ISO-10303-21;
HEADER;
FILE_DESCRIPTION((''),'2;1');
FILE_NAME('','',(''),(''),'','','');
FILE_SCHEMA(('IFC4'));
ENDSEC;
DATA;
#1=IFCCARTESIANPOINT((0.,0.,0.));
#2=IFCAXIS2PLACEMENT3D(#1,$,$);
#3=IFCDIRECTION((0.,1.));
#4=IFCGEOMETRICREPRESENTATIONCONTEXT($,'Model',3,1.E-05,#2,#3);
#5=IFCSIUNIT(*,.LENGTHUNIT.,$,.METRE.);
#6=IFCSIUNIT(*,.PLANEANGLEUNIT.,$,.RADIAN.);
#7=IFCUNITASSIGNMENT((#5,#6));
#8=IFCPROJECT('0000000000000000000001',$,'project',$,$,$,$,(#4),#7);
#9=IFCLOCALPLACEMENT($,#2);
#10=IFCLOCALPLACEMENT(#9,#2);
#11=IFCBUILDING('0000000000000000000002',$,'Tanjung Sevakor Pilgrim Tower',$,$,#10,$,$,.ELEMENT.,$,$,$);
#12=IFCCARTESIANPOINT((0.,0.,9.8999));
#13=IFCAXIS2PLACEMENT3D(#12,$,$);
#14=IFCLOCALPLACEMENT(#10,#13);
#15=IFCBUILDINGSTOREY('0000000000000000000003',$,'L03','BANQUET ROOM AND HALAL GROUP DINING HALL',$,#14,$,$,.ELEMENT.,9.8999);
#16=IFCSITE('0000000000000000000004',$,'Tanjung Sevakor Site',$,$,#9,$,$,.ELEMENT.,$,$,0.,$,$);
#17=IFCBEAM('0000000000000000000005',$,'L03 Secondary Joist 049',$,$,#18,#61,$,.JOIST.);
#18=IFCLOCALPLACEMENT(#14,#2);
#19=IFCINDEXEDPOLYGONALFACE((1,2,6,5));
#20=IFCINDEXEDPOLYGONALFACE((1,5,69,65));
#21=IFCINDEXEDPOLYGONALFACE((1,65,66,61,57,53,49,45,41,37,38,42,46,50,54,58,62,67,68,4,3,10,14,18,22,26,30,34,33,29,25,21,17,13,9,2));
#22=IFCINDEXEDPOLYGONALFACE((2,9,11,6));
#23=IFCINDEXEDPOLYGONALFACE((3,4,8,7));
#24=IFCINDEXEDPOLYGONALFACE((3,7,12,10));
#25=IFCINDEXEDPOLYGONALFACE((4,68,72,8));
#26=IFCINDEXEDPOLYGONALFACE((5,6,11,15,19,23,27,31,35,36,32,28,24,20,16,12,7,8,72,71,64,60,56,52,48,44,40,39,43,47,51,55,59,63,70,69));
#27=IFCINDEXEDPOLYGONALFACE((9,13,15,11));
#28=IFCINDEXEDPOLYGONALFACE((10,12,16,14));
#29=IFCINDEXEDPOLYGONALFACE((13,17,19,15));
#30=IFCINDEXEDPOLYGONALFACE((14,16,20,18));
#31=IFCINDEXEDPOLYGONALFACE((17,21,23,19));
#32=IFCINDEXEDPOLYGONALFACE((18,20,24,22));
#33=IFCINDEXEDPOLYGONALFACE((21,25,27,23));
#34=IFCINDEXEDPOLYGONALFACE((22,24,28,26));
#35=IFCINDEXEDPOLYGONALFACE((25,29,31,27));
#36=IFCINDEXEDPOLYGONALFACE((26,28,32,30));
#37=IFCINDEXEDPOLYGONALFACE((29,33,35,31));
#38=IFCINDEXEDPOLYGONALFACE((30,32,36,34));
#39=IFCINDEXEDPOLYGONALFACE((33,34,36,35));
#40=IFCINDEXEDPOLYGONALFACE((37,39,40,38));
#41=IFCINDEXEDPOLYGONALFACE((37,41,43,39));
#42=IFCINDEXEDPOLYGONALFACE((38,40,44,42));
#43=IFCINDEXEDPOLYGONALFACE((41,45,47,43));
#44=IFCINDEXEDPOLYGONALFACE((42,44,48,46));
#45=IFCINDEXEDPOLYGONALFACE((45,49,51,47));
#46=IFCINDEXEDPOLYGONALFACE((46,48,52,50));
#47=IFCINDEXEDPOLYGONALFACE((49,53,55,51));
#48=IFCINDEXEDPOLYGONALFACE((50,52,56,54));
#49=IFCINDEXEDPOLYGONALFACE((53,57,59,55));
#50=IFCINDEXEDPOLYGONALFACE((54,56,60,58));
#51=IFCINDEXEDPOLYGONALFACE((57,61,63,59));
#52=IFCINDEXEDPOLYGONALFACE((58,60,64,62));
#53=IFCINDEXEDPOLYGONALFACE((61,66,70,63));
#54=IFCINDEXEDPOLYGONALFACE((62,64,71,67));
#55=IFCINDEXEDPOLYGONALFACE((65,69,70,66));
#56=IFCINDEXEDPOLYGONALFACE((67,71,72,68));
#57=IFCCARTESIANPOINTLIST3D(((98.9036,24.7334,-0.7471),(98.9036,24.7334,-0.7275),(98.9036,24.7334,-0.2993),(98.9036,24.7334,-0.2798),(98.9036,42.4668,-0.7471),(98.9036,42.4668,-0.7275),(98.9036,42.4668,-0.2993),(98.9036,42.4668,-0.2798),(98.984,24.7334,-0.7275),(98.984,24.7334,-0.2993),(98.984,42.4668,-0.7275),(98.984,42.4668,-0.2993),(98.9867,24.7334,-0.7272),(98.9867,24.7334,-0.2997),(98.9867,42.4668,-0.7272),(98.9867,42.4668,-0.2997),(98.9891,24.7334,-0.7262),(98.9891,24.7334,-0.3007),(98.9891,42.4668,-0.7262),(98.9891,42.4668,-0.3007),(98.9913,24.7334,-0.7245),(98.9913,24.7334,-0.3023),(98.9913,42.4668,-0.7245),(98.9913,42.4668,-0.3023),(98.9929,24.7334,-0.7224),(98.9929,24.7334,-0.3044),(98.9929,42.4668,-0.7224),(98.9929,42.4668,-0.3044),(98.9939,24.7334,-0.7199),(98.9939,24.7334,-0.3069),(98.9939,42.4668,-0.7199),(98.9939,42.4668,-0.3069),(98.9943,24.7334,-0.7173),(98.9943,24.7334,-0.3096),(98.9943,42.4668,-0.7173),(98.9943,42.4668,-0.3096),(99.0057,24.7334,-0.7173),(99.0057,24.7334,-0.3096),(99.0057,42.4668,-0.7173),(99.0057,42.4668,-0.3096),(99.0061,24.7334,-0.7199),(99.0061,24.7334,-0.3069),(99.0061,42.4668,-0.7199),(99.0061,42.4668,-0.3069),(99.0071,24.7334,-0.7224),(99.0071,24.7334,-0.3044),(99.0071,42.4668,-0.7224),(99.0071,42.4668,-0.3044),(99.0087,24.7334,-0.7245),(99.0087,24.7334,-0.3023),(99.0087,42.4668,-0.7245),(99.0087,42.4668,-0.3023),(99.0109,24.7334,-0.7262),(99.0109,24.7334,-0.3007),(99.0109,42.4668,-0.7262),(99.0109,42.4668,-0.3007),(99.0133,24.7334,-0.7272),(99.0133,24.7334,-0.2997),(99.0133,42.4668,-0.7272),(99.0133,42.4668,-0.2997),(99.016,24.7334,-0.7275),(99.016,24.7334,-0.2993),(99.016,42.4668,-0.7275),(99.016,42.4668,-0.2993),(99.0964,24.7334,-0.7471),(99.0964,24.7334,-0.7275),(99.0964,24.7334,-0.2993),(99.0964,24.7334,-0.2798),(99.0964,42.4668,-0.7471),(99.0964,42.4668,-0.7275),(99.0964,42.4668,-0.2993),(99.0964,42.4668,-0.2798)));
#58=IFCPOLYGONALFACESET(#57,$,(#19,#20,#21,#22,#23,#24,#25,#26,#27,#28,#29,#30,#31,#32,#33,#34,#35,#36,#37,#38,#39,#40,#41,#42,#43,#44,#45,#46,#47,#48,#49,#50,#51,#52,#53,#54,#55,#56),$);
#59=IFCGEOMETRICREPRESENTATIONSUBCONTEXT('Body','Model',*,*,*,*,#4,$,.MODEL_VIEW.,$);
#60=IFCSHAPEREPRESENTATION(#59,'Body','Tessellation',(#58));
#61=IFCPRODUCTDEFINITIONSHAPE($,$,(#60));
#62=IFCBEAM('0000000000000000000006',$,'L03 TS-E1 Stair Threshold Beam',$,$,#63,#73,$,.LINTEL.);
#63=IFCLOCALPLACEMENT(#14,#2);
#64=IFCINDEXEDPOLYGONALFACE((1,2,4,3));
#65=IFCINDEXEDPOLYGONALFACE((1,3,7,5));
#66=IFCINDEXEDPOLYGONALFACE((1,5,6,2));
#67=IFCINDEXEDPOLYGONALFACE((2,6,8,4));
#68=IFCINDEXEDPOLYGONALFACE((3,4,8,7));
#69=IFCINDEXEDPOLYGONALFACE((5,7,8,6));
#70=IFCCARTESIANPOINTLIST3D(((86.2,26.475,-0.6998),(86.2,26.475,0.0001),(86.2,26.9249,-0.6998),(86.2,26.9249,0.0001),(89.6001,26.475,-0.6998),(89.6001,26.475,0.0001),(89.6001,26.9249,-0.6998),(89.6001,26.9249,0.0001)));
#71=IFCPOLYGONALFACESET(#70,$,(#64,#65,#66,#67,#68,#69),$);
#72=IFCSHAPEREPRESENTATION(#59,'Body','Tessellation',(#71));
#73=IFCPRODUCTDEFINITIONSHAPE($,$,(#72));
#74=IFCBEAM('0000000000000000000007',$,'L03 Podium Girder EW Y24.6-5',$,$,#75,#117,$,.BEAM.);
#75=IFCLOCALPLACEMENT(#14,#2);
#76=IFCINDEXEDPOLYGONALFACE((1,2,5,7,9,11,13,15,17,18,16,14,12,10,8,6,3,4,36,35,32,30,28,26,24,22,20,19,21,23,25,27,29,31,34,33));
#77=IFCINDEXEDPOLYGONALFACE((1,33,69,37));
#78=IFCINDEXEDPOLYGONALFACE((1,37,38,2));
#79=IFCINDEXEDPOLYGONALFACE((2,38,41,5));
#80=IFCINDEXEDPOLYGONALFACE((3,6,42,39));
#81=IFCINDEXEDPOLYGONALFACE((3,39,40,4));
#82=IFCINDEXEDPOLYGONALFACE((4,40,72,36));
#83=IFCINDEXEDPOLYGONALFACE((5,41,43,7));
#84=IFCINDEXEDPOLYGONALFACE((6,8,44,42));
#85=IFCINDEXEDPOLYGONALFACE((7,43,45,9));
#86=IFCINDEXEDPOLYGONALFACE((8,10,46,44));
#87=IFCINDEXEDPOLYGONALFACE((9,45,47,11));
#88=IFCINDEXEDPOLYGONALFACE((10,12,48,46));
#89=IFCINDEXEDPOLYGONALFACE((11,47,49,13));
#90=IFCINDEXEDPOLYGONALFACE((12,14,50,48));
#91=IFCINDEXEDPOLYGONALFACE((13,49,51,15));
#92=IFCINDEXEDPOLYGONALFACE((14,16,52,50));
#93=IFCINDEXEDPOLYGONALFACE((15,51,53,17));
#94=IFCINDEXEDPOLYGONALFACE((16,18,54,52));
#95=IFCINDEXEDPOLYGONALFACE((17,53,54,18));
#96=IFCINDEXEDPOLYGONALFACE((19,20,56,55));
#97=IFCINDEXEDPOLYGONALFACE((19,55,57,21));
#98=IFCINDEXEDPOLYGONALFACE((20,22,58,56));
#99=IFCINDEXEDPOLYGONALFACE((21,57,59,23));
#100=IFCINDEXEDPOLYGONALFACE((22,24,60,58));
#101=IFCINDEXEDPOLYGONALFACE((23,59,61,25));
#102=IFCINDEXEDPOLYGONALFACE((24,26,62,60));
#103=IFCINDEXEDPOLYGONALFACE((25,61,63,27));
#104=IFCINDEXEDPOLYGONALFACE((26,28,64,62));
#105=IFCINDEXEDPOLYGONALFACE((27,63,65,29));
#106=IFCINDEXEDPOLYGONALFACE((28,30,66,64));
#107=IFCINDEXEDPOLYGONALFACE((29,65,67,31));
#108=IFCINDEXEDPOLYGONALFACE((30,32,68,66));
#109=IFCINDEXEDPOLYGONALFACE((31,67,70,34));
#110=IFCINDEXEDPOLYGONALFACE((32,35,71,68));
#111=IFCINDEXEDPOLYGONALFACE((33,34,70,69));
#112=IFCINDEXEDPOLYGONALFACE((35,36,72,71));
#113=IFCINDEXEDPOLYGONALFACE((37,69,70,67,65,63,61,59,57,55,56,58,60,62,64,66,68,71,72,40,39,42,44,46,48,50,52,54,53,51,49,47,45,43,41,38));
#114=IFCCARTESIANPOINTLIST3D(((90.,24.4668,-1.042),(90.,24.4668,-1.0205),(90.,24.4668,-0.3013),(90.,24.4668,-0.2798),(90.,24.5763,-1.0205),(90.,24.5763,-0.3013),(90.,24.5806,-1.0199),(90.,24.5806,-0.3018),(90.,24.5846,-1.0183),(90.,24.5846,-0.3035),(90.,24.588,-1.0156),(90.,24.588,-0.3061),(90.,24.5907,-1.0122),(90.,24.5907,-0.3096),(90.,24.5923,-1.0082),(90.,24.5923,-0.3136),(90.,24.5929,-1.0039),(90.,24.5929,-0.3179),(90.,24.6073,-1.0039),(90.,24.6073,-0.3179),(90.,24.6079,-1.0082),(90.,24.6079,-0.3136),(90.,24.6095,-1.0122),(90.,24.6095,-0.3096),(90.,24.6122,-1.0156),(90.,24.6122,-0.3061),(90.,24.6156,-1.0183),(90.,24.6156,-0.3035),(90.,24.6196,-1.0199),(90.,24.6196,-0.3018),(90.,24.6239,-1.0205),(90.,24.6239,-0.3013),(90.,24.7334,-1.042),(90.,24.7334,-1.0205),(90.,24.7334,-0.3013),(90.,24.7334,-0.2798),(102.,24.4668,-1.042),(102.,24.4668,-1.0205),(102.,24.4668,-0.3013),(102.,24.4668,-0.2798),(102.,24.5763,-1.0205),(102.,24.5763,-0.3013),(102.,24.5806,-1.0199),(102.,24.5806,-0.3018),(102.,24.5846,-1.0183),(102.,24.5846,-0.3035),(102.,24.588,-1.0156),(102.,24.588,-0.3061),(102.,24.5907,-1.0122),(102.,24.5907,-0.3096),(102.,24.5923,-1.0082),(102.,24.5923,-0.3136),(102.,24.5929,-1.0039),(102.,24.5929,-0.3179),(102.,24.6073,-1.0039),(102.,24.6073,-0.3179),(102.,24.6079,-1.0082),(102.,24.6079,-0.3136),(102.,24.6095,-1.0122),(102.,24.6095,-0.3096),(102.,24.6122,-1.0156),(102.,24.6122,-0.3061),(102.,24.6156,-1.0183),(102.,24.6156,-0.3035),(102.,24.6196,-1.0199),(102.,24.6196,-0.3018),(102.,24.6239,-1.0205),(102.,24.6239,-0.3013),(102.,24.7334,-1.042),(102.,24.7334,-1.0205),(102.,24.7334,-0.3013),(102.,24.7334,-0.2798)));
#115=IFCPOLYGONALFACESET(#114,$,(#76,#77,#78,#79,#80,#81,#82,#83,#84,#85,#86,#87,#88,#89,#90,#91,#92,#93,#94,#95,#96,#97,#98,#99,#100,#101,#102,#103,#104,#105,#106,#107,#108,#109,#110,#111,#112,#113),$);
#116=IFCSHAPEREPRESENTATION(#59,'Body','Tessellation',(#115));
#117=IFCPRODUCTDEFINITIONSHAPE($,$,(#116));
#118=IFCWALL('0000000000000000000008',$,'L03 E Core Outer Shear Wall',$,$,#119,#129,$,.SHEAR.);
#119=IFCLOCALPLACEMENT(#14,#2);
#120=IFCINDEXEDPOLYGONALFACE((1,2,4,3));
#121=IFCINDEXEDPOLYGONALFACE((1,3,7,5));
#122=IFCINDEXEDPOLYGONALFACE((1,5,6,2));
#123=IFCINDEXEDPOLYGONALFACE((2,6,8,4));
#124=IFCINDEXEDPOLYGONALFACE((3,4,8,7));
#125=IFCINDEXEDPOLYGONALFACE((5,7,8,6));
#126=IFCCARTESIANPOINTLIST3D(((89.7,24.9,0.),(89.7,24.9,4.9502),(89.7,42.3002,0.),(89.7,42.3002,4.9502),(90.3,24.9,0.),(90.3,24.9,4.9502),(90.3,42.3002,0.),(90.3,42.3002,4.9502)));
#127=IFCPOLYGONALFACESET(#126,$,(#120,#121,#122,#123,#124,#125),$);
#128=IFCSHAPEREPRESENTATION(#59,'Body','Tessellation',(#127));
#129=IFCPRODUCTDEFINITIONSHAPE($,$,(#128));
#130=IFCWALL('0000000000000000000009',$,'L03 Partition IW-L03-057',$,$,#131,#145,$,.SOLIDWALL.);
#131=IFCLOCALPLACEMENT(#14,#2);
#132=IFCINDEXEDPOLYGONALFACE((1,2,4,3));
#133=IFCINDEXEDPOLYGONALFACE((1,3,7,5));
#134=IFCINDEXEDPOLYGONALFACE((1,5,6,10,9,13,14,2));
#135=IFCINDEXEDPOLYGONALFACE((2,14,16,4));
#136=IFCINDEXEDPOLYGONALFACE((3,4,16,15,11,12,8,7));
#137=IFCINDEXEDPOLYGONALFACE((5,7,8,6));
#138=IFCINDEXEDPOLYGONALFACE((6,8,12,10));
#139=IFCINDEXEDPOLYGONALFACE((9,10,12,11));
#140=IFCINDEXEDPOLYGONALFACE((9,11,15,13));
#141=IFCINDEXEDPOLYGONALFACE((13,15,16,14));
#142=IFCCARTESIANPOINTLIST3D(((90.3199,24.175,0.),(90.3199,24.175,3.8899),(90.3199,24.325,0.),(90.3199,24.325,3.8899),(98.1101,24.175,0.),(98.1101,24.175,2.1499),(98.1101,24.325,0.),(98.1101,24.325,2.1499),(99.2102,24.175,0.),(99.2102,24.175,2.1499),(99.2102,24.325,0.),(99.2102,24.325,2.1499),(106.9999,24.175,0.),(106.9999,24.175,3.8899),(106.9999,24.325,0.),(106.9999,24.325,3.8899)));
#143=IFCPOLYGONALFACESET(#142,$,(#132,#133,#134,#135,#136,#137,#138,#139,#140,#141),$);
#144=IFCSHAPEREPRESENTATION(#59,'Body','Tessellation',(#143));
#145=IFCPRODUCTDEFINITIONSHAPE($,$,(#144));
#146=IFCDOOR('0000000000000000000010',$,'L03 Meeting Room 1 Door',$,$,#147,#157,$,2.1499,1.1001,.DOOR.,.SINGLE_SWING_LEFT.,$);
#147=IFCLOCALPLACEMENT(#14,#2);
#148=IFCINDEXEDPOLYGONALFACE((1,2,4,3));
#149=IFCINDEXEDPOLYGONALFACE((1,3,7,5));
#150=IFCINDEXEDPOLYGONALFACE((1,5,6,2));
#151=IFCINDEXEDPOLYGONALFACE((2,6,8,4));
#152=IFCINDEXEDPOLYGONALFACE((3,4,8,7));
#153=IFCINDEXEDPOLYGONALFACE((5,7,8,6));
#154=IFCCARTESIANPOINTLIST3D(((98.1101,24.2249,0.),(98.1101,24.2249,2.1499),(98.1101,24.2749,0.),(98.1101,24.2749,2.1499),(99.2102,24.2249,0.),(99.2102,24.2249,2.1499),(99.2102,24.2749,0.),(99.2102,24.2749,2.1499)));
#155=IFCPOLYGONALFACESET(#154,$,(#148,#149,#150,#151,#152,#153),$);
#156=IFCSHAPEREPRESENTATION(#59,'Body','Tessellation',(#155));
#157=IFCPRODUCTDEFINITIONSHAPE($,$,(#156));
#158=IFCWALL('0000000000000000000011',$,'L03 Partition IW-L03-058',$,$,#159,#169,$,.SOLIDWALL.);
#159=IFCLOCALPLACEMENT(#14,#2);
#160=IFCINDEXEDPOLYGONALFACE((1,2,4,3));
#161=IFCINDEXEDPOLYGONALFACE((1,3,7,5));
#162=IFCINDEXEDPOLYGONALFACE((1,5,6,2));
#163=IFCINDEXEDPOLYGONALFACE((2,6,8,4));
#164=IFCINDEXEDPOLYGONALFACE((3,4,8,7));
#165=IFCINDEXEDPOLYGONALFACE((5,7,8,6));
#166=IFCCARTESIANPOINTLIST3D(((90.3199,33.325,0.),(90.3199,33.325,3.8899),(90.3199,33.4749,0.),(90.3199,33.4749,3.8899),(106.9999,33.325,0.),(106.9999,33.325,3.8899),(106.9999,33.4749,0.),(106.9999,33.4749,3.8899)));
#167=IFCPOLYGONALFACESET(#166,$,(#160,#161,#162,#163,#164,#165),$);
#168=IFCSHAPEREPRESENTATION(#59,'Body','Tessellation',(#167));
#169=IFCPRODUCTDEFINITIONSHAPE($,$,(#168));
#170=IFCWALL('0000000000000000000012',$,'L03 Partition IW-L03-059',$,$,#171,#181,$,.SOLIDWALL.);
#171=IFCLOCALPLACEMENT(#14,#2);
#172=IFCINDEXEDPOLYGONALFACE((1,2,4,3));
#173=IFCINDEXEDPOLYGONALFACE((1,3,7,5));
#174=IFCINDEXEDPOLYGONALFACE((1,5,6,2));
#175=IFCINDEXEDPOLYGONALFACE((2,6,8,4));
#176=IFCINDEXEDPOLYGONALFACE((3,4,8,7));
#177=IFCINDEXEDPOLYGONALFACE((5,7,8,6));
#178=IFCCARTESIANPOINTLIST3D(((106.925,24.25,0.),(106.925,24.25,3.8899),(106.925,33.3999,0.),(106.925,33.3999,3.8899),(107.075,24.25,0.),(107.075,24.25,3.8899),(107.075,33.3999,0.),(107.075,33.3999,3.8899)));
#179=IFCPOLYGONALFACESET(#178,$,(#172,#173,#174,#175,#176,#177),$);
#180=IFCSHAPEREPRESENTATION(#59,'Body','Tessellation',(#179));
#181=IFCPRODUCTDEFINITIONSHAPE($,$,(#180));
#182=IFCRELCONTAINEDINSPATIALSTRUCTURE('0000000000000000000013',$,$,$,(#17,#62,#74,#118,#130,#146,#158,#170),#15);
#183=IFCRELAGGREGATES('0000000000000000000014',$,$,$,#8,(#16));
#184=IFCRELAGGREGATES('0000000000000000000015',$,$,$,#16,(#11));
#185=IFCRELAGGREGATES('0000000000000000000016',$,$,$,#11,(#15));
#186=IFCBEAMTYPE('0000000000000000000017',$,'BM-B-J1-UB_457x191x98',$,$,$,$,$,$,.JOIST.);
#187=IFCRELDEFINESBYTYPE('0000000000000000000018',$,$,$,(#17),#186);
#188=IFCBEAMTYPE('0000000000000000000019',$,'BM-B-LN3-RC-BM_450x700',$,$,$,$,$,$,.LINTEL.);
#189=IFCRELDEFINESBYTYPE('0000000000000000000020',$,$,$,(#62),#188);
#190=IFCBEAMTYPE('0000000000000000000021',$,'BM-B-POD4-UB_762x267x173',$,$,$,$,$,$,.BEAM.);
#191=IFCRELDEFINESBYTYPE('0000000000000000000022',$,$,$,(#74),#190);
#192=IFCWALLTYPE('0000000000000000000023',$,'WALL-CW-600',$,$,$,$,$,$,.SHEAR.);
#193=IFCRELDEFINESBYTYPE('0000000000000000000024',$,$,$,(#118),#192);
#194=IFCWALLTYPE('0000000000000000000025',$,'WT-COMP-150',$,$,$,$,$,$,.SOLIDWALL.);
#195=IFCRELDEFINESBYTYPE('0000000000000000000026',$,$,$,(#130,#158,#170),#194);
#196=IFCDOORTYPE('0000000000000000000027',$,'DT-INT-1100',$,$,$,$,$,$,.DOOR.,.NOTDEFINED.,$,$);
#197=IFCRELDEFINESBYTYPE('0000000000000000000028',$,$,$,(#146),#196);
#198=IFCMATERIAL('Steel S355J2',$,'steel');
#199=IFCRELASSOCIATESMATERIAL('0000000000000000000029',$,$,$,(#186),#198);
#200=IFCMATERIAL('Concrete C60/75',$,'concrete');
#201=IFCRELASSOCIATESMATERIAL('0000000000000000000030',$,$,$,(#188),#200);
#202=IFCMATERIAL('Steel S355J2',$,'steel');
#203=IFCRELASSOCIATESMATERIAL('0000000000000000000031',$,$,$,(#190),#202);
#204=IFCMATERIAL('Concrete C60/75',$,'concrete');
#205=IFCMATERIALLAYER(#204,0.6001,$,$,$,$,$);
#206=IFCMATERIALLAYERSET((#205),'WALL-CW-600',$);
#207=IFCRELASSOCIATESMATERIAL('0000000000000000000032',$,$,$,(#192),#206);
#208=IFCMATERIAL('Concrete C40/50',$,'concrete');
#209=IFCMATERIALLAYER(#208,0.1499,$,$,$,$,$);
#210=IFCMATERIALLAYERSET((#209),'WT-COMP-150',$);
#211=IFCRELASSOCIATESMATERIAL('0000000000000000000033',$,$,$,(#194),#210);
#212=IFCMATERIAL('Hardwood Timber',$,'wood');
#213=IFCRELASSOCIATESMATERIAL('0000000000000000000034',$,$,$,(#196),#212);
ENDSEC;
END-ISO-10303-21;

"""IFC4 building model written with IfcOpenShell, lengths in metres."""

from ifc_helpers import new_model, si_unit, direction, frame, frame_2d, origin, origin_2d, place, context, subcontext, project, spatial, rectangle, i_section, extrude, material, layer, layer_set, material_profile, profile_set, type_object, element, fill, save


model = new_model("IFC4")

# Units and contexts
model_context = context("Model", 3, precision=1e-05, world=origin(), true_north=direction((0.0, 1.0)))
body_context = subcontext(model_context, "Body", "Model", "MODEL_VIEW")
ifc_project = project(units=[si_unit("LENGTHUNIT", "METRE"), si_unit("PLANEANGLEUNIT", "RADIAN")], contexts=[model_context])

# Site, building, storey
site_placement = place(None, origin())
site = spatial("IfcSite", under=ifc_project, at=site_placement, Name="Tanjung Sevakor Site", CompositionType="ELEMENT", RefElevation=0.0)
building_placement = place(site_placement, origin())
building = spatial("IfcBuilding", under=site, at=building_placement, Name="Tanjung Sevakor Pilgrim Tower", CompositionType="ELEMENT")
storey_placement = place(building_placement, frame((0.0, 0.0, 9.8999)))
storey = spatial("IfcBuildingStorey", under=building, at=storey_placement, Name="L03", Description="BANQUET ROOM AND HALAL GROUP DINING HALL", CompositionType="ELEMENT", Elevation=9.8999)

# Beams
ifc_material_1 = material(Name="Steel S355J2", Category="steel")
ifc_material_profile_1 = material_profile(ifc_material_1, i_section(OverallWidth=0.1929, OverallDepth=0.4673, WebThickness=0.0115, FlangeThickness=0.0195, FilletRadius=0.0103, at=origin_2d()))
ifc_profile_set_1 = profile_set([ifc_material_profile_1], Name="Steel S355J2")
beam_type_1 = type_object("IfcBeamType", Name="BM-B-J1-UB_457x191x98", PredefinedType="JOIST", material=ifc_profile_set_1)
for number, where, z_axis, x_axis, name in (
    (1, (99.0, 24.7334, -0.5134), (0.0, 1.0, 0.0), (-1.0, 0.0, 0.0), "L03 Secondary Joist 049"),
):
    element("IfcBeam", number, at=place(storey_placement, frame(where, z_axis=z_axis, x_axis=x_axis)), inside=storey, type_object=beam_type_1, Name=name, PredefinedType="JOIST", context=body_context, shape_type="SweptSolid", body=[
        extrude(i_section(OverallWidth=0.1929, OverallDepth=0.4673, WebThickness=0.0115, FlangeThickness=0.0195, FilletRadius=0.0103, at=origin_2d()), origin(), (0.0, 0.0, 1.0), 17.7334),
    ])
ifc_material_2 = material(Name="Concrete C60/75", Category="concrete")
ifc_material_profile_2 = material_profile(ifc_material_2, rectangle(XDim=0.45, YDim=0.7, at=origin_2d()))
ifc_profile_set_2 = profile_set([ifc_material_profile_2], Name="Concrete C60/75")
beam_type_2 = type_object("IfcBeamType", Name="BM-B-LN3-RC-BM_450x700", PredefinedType="LINTEL", material=ifc_profile_set_2)
beam_1_placement = place(storey_placement, frame((86.2, 26.7, -0.3499), z_axis=(1.0, 0.0, 0.0), x_axis=(0.0, 1.0, 0.0)))
element("IfcBeam", 2, at=beam_1_placement, inside=storey, type_object=beam_type_2, Name="L03 TS-E1 Stair Threshold Beam", PredefinedType="LINTEL", context=body_context, shape_type="SweptSolid", body=[
    extrude(rectangle(XDim=0.45, YDim=0.7, at=origin_2d()), origin(), (0.0, 0.0, 1.0), 3.4001),
])
ifc_material_3 = material(Name="Steel S355J2", Category="steel")
ifc_material_profile_3 = material_profile(ifc_material_3, i_section(OverallWidth=0.2666, OverallDepth=0.7622, WebThickness=0.0144, FlangeThickness=0.0215, FilletRadius=0.0166, at=origin_2d()))
ifc_profile_set_3 = profile_set([ifc_material_profile_3], Name="Steel S355J2")
beam_type_3 = type_object("IfcBeamType", Name="BM-B-POD4-UB_762x267x173", PredefinedType="BEAM", material=ifc_profile_set_3)
beam_2_placement = place(storey_placement, frame((90.0, 24.6001, -0.6609), z_axis=(1.0, 0.0, 0.0), x_axis=(0.0, 1.0, 0.0)))
element("IfcBeam", 3, at=beam_2_placement, inside=storey, type_object=beam_type_3, Name="L03 Podium Girder EW Y24.6-5", PredefinedType="BEAM", context=body_context, shape_type="SweptSolid", body=[
    extrude(i_section(OverallWidth=0.2666, OverallDepth=0.7622, WebThickness=0.0144, FlangeThickness=0.0215, FilletRadius=0.0166, at=origin_2d()), origin(), (0.0, 0.0, 1.0), 12.0),
])

# Wall
ifc_material_4 = material(Name="Concrete C60/75", Category="concrete")
ifc_layer_1 = layer(ifc_material_4, 0.6001)
ifc_layer_set_1 = layer_set([ifc_layer_1], Name="WALL-CW-600")
wall_type_1 = type_object("IfcWallType", Name="WALL-CW-600", PredefinedType="SHEAR", material=ifc_layer_set_1)
wall_1_placement = place(storey_placement, frame((90.0, 24.8999, 0.0), z_axis=(0.0, 0.0, 1.0), x_axis=(0.0, 1.0, 0.0)))
element("IfcWall", 4, at=wall_1_placement, inside=storey, type_object=wall_type_1, Name="L03 E Core Outer Shear Wall", PredefinedType="SHEAR", context=body_context, shape_type="SweptSolid", body=[
    extrude(rectangle(XDim=17.4001, YDim=0.6001, at=frame_2d((8.7002, 0.0))), origin(), (0.0, 0.0, 1.0), 4.9502),
])

# Wall, opening, door
ifc_material_5 = material(Name="Concrete C40/50", Category="concrete")
ifc_layer_2 = layer(ifc_material_5, 0.1499)
ifc_layer_set_2 = layer_set([ifc_layer_2], Name="WT-COMP-150")
wall_type_2 = type_object("IfcWallType", Name="WT-COMP-150", PredefinedType="SOLIDWALL", material=ifc_layer_set_2)
wall_2_placement = place(storey_placement, frame((90.3201, 24.25, 0.0), z_axis=(0.0, 0.0, 1.0), x_axis=(1.0, 0.0, 0.0)))
wall_2 = element("IfcWall", 5, at=wall_2_placement, inside=storey, type_object=wall_type_2, Name="L03 Partition IW-L03-057", PredefinedType="SOLIDWALL", context=body_context, shape_type="SweptSolid", body=[
    extrude(rectangle(XDim=16.6799, YDim=0.1499, at=frame_2d((8.3398, 0.0))), origin(), (0.0, 0.0, 1.0), 3.8899),
])
opening_1_placement = place(wall_2_placement, frame((7.79, 0.0, 0.0)))
opening_1 = element("IfcOpeningElement", 6, at=opening_1_placement, cuts=wall_2, PredefinedType="OPENING", context=body_context, shape_type="SweptSolid", body=[
    extrude(rectangle(XDim=1.1001, YDim=2.1499, at=frame_2d((0.55, 1.075))), frame((0.0, 0.085, 0.0), z_axis=(0.0, -1.0, 0.0), x_axis=(1.0, 0.0, 0.0)), (0.0, 0.0, 1.0), 0.1699),
])
ifc_material_6 = material(Name="Hardwood Timber", Category="wood")
door_type_1 = type_object("IfcDoorType", Name="DT-INT-1100", OperationType="NOTDEFINED", PredefinedType="DOOR", material=ifc_material_6)
door_1_placement = place(opening_1_placement, origin())
door_1 = element("IfcDoor", 7, at=door_1_placement, inside=storey, type_object=door_type_1, Name="L03 Meeting Room 1 Door", OperationType="SINGLE_SWING_LEFT", OverallHeight=2.1499, OverallWidth=1.1001, PredefinedType="DOOR", context=body_context, shape_type="SweptSolid", body=[
    extrude(rectangle(XDim=1.1001, YDim=2.1499, at=frame_2d((0.55, 1.075))), frame((0.0, 0.0249, 0.0), z_axis=(0.0, -1.0, 0.0), x_axis=(1.0, 0.0, 0.0)), (0.0, 0.0, 1.0), 0.05),
])
fill(opening_1, door_1)

# Walls
wall_3_placement = place(storey_placement, frame((90.3201, 33.3999, 0.0), z_axis=(0.0, 0.0, 1.0), x_axis=(1.0, 0.0, 0.0)))
element("IfcWall", 8, at=wall_3_placement, inside=storey, type_object=wall_type_2, Name="L03 Partition IW-L03-058", PredefinedType="SOLIDWALL", context=body_context, shape_type="SweptSolid", body=[
    extrude(rectangle(XDim=16.6799, YDim=0.1499, at=frame_2d((8.3398, 0.0))), origin(), (0.0, 0.0, 1.0), 3.8899),
])
wall_4_placement = place(storey_placement, frame((107.0, 24.25, 0.0), z_axis=(0.0, 0.0, 1.0), x_axis=(0.0, 1.0, 0.0)))
element("IfcWall", 9, at=wall_4_placement, inside=storey, type_object=wall_type_2, Name="L03 Partition IW-L03-059", PredefinedType="SOLIDWALL", context=body_context, shape_type="SweptSolid", body=[
    extrude(rectangle(XDim=9.1499, YDim=0.1499, at=frame_2d((4.575, 0.0))), origin(), (0.0, 0.0, 1.0), 3.8899),
])

save(model, "model.ifc")
